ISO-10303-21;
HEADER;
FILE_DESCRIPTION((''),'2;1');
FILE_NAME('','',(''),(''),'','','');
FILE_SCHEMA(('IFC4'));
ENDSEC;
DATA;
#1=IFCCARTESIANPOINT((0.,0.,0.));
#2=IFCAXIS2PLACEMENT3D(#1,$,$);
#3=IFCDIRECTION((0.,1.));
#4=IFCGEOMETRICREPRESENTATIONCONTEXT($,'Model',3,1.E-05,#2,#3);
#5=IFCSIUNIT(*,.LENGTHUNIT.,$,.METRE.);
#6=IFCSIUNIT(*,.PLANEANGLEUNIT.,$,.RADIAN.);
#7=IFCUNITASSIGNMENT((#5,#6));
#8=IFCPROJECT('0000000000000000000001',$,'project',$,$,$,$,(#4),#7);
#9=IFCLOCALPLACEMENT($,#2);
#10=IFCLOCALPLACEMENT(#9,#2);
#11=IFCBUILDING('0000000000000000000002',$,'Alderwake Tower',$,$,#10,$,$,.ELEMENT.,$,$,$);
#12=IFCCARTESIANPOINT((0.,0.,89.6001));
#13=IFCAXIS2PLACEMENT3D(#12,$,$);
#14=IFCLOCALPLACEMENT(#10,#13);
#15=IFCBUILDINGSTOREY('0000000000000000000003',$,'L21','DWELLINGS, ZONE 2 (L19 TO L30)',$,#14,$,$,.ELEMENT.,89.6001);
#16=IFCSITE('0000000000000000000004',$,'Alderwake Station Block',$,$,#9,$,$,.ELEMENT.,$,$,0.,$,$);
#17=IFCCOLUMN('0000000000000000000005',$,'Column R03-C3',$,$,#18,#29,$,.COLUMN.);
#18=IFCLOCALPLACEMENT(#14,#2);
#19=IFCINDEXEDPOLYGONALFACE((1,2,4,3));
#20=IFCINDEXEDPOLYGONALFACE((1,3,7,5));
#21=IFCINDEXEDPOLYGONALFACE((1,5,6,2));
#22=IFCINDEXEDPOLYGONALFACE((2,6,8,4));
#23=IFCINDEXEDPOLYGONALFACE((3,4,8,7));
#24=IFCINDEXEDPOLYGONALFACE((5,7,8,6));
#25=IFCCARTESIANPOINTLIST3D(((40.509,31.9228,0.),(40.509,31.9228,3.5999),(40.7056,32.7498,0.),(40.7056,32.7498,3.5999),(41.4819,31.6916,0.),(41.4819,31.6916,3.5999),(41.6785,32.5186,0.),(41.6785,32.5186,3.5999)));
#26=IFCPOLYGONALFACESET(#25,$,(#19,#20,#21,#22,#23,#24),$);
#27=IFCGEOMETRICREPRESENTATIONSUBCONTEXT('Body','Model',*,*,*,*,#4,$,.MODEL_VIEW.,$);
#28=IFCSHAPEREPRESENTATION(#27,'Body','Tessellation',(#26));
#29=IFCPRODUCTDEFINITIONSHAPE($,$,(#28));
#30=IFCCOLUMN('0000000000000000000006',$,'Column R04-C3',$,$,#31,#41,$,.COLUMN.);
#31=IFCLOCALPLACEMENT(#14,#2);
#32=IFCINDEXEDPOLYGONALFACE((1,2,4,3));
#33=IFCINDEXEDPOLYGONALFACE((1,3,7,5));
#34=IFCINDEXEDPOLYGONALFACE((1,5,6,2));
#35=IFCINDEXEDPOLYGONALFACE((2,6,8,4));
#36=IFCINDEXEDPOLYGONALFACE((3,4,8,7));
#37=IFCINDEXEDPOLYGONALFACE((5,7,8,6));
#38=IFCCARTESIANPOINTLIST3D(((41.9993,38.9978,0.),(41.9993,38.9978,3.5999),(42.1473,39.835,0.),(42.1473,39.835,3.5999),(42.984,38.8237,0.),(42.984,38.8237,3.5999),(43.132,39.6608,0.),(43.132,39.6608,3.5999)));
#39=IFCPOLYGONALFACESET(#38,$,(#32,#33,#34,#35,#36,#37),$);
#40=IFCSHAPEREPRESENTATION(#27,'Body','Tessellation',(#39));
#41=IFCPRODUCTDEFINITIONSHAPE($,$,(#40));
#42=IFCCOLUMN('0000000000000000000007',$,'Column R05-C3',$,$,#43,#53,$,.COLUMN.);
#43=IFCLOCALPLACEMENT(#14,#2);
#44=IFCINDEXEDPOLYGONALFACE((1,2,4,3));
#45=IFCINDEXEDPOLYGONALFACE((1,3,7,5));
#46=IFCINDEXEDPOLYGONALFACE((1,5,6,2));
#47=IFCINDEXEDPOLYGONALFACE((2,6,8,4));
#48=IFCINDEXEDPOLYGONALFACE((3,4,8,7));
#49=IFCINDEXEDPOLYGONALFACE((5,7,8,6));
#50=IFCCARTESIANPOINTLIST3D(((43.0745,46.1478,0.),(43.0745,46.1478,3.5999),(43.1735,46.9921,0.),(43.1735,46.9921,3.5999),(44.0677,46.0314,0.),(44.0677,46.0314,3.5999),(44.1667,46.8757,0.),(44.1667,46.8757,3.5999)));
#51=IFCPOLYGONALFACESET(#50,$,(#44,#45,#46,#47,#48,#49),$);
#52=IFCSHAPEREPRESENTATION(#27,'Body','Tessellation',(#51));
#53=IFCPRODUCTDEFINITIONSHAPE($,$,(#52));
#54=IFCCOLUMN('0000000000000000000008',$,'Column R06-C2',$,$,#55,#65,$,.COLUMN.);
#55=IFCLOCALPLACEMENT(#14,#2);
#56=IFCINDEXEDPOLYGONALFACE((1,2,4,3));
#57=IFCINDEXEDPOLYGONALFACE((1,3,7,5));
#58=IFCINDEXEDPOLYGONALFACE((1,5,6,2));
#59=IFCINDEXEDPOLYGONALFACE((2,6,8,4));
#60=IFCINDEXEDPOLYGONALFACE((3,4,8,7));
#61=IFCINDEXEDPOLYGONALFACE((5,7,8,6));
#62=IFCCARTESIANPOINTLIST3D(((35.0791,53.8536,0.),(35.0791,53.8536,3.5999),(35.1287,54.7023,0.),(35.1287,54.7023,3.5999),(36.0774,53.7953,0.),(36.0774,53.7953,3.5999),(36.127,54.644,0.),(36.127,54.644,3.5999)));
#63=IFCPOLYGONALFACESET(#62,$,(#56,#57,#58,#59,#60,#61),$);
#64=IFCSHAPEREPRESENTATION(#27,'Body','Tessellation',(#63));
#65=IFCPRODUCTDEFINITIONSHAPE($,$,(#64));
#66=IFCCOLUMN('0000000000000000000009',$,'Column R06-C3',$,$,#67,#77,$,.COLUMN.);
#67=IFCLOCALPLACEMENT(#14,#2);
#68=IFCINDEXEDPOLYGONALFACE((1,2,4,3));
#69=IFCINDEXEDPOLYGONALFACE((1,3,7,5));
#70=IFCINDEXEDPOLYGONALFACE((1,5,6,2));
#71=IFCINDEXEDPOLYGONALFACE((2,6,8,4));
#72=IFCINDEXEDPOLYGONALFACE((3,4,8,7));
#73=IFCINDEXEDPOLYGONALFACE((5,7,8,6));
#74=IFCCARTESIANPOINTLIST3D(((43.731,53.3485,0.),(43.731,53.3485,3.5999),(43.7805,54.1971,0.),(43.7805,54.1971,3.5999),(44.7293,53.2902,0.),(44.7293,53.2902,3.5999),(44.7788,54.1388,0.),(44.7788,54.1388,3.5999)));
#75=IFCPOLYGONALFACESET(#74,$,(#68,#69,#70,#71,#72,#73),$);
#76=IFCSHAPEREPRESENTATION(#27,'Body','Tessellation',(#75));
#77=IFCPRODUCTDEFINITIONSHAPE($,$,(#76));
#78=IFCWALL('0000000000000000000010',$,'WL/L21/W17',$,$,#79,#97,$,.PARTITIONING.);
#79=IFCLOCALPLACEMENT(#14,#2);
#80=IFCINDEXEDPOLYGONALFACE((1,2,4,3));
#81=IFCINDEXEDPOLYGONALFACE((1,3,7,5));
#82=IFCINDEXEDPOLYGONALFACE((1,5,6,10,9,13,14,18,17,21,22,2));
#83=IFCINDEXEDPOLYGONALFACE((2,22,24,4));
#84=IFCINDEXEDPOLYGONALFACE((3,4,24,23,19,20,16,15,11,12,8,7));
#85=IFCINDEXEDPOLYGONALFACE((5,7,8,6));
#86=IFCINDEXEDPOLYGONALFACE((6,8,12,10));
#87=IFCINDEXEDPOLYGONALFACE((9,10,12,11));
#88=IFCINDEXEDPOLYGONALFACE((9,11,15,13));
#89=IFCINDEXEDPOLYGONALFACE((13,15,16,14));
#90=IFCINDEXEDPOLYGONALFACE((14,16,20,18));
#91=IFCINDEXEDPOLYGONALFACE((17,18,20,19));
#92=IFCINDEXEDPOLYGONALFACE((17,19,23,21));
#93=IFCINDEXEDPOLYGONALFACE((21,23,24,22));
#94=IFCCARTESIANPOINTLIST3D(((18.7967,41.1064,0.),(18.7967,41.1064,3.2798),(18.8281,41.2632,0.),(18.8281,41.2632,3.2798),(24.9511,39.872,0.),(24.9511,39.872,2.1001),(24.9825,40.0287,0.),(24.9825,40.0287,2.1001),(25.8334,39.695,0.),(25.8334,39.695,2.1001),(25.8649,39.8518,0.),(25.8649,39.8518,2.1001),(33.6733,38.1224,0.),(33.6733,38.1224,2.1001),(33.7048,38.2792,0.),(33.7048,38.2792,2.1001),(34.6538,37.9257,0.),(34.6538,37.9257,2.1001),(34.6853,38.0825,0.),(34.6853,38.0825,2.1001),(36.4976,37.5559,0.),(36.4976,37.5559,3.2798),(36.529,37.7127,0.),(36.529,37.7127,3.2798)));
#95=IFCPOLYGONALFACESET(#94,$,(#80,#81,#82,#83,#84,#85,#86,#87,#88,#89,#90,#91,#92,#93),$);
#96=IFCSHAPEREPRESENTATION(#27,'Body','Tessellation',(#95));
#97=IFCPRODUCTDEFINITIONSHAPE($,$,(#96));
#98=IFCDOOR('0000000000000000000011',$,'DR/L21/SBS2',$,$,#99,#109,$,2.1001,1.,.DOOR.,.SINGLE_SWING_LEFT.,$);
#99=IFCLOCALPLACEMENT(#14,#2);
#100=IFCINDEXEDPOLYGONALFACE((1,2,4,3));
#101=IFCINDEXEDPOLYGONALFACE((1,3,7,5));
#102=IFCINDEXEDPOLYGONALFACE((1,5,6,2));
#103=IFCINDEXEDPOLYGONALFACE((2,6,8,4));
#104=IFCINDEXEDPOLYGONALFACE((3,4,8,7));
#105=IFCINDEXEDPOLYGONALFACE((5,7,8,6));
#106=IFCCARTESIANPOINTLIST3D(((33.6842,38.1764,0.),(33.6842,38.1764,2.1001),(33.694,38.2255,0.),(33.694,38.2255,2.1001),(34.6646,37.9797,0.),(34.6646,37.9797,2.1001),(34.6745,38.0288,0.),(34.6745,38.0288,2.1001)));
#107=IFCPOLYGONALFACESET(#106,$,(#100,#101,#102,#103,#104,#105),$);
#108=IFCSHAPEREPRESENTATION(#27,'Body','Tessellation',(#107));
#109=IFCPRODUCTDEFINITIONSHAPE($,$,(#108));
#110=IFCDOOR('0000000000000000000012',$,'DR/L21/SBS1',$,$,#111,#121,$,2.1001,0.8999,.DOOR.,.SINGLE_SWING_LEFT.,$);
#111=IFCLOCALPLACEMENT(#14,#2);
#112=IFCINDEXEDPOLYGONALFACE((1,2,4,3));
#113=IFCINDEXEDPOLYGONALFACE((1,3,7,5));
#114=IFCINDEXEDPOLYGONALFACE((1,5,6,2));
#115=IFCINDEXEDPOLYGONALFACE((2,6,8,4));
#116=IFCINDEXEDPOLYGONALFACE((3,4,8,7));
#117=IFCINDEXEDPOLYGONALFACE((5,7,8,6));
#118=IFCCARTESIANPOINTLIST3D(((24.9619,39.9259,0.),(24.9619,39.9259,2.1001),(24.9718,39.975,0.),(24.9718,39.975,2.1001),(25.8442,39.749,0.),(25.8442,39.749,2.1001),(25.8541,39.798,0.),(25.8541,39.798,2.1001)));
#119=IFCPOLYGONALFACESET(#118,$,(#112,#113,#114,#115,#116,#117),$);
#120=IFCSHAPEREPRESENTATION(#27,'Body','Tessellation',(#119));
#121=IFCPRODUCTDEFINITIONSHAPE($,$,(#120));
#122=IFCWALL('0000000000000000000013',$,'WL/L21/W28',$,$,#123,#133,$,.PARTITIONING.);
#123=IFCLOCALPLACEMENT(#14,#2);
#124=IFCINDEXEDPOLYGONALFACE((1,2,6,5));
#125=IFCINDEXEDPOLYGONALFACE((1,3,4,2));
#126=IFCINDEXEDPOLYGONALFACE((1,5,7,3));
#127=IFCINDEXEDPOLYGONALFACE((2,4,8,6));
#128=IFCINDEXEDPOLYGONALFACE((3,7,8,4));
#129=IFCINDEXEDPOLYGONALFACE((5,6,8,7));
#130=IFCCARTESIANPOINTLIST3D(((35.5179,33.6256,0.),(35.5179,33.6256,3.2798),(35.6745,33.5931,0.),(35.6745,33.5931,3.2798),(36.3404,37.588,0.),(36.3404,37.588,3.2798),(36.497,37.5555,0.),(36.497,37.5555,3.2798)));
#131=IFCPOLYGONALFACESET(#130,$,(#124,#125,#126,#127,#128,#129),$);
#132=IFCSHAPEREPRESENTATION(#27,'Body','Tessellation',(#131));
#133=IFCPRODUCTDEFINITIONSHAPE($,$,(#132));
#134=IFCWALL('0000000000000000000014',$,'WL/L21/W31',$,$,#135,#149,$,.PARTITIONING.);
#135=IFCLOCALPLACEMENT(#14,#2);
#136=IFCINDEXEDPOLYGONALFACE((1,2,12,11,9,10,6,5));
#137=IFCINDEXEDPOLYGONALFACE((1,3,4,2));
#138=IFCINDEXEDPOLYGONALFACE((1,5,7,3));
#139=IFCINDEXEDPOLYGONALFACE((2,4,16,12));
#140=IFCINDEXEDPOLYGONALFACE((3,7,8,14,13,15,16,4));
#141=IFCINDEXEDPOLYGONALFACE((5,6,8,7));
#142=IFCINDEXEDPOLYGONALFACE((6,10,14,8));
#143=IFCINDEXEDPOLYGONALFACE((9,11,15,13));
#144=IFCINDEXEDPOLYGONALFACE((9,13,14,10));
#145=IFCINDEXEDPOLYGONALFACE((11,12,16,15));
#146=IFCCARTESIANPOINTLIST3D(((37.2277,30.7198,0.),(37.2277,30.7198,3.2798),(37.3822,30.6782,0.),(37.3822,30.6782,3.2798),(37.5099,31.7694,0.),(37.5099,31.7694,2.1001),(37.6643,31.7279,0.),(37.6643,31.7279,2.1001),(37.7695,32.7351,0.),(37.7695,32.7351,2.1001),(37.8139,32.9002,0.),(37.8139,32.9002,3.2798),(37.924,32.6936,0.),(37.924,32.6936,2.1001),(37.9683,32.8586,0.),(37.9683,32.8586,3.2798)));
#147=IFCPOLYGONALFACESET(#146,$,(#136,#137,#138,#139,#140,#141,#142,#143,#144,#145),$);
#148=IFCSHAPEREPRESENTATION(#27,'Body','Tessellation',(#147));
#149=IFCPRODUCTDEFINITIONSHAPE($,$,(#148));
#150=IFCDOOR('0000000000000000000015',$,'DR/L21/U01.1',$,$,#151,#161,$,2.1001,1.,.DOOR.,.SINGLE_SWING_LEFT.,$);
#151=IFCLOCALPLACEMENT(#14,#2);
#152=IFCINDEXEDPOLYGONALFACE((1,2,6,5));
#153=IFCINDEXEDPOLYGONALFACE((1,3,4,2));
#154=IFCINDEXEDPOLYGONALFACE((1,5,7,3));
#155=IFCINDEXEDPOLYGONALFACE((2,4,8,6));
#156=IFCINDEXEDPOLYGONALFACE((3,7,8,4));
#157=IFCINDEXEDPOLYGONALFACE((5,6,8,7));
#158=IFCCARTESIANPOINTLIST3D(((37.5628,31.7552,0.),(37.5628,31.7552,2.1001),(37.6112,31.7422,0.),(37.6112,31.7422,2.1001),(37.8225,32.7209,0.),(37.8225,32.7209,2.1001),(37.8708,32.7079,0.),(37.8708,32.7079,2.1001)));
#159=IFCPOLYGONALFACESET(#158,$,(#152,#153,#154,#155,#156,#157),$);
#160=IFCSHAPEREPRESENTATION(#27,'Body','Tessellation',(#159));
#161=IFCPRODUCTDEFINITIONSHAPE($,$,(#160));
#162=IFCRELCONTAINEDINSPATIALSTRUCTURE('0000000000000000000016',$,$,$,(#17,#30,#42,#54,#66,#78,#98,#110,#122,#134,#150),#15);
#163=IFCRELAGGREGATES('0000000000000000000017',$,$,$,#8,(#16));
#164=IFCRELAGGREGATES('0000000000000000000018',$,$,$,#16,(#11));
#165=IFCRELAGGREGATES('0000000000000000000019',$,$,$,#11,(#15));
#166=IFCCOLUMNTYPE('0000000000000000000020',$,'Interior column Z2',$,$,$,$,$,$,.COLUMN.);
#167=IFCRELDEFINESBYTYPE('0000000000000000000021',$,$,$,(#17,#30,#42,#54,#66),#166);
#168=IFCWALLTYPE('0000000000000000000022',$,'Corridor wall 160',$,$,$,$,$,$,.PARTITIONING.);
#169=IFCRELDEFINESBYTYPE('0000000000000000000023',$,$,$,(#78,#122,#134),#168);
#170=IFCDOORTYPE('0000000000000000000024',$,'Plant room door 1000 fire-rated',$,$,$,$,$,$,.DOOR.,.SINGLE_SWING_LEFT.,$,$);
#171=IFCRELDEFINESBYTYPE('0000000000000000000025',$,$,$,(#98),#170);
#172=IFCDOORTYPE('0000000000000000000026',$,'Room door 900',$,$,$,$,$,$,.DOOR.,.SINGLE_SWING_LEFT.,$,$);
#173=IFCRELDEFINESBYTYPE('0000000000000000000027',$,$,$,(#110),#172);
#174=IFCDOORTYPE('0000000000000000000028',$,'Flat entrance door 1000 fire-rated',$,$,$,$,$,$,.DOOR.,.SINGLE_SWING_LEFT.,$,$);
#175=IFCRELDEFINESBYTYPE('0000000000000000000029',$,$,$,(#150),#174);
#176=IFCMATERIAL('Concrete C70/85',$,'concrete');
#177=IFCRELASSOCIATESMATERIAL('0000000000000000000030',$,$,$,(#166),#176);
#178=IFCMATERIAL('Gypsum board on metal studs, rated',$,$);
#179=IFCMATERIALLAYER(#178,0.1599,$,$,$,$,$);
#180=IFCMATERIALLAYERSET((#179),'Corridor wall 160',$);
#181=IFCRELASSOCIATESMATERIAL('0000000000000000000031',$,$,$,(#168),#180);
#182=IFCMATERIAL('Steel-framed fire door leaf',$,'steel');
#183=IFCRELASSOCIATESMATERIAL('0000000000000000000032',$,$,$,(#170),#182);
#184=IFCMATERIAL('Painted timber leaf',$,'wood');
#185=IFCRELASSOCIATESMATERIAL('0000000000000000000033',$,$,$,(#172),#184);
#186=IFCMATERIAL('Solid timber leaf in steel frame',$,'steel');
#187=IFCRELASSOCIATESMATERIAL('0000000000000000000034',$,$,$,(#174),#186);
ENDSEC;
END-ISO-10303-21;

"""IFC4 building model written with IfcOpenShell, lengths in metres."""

from ifc_helpers import new_model, si_unit, direction, frame, frame_2d, origin, origin_2d, place, context, subcontext, project, spatial, rectangle, extrude, material, layer, layer_set, material_profile, profile_set, type_object, element, fill, save


model = new_model("IFC4")

# Units and contexts
model_context = context("Model", 3, precision=1e-05, world=origin(), true_north=direction((0.0, 1.0)))
body_context = subcontext(model_context, "Body", "Model", "MODEL_VIEW")
ifc_project = project(units=[si_unit("LENGTHUNIT", "METRE"), si_unit("PLANEANGLEUNIT", "RADIAN")], contexts=[model_context])

# Site, building, storey
site_placement = place(None, origin())
site = spatial("IfcSite", under=ifc_project, at=site_placement, Name="Alderwake Station Block", CompositionType="ELEMENT", RefElevation=0.0)
building_placement = place(site_placement, origin())
building = spatial("IfcBuilding", under=site, at=building_placement, Name="Alderwake Tower", CompositionType="ELEMENT")
storey_placement = place(building_placement, frame((0.0, 0.0, 89.6001)))
storey = spatial("IfcBuildingStorey", under=building, at=storey_placement, Name="L21", Description="DWELLINGS, ZONE 2 (L19 TO L30)", CompositionType="ELEMENT", Elevation=89.6001)

# Columns
ifc_material_1 = material(Name="Concrete C70/85", Category="concrete")
ifc_material_profile = material_profile(ifc_material_1, rectangle(XDim=0.8501, YDim=1.0, at=origin_2d()), Name="RC 1000X850")
ifc_profile_set = profile_set([ifc_material_profile], Name="Concrete C70/85")
column_type = type_object("IfcColumnType", Name="Interior column Z2", PredefinedType="COLUMN", material=ifc_profile_set)
for number, where, z_axis, x_axis, name in (
    (1, (41.0938, 32.2207, 0.0), (0.0, 0.0, 1.0), (0.231222, 0.972901, 0.0), "Column R03-C3"),
    (2, (42.5657, 39.3293, 0.0), (0.0, 0.0, 1.0), (0.174109, 0.984726, 0.0), "Column R04-C3"),
    (3, (43.6206, 46.5117, 0.0), (0.0, 0.0, 1.0), (0.116402, 0.993202, 0.0), "Column R05-C3"),
    (4, (35.603, 54.2488, 0.0), (0.0, 0.0, 1.0), (0.058301, 0.998299, 0.0), "Column R06-C2"),
    (5, (44.2549, 53.7437, 0.0), (0.0, 0.0, 1.0), (0.058299, 0.998299, 0.0), "Column R06-C3"),
):
    element("IfcColumn", number, at=place(storey_placement, frame(where, z_axis=z_axis, x_axis=x_axis)), inside=storey, type_object=column_type, Name=name, PredefinedType="COLUMN", context=body_context, shape_type="SweptSolid", body=[
        extrude(rectangle(XDim=0.8501, YDim=1.0, at=origin_2d()), origin(), (0.0, 0.0, 1.0), 3.5999),
    ])

# Wall, openings, doors
ifc_material_2 = material(Name="Gypsum board on metal studs, rated")
ifc_layer_1 = layer(ifc_material_2, 0.1599)
ifc_layer_set_1 = layer_set([ifc_layer_1], Name="Corridor wall 160")
wall_type_1 = type_object("IfcWallType", Name="Corridor wall 160", PredefinedType="PARTITIONING", material=ifc_layer_set_1)
wall_1_placement = place(storey_placement, frame((36.5134, 37.6343, 0.0), z_axis=(0.0, 0.0, 1.0), x_axis=(-0.98047, 0.196667, 0.0)))
wall_1 = element("IfcWall", 6, at=wall_1_placement, inside=storey, type_object=wall_type_1, Name="WL/L21/W17", PredefinedType="PARTITIONING", context=body_context, shape_type="SweptSolid", body=[
    extrude(rectangle(XDim=18.0535, YDim=0.1599, at=frame_2d((9.0269, 0.0))), origin(), (0.0, 0.0, 1.0), 3.2798),
])
opening_1_placement = place(wall_1_placement, frame((10.8767, 0.0, 0.0)))
opening_1 = element("IfcOpeningElement", 7, at=opening_1_placement, cuts=wall_1, PredefinedType="OPENING", context=body_context, shape_type="SweptSolid", body=[
    extrude(rectangle(XDim=0.8999, YDim=2.1001, at=frame_2d((0.45, 1.05))), frame((0.0, 0.0898, 0.0), z_axis=(0.0, -1.0, 0.0), x_axis=(1.0, 0.0, 0.0)), (0.0, 0.0, 1.0), 0.1799),
])
opening_2_placement = place(wall_1_placement, frame((1.8806, 0.0, 0.0)))
opening_2 = element("IfcOpeningElement", 8, at=opening_2_placement, cuts=wall_1, PredefinedType="OPENING", context=body_context, shape_type="SweptSolid", body=[
    extrude(rectangle(XDim=1.0, YDim=2.1001, at=frame_2d((0.5, 1.05))), frame((0.0, 0.0898, 0.0), z_axis=(0.0, -1.0, 0.0), x_axis=(1.0, 0.0, 0.0)), (0.0, 0.0, 1.0), 0.1799),
])
ifc_material_3 = material(Name="Steel-framed fire door leaf", Category="steel")
door_type_1 = type_object("IfcDoorType", Name="Plant room door 1000 fire-rated", OperationType="SINGLE_SWING_LEFT", PredefinedType="DOOR", material=ifc_material_3)
door_1_placement = place(opening_2_placement, origin())
door_1 = element("IfcDoor", 9, at=door_1_placement, inside=storey, type_object=door_type_1, Name="DR/L21/SBS2", OperationType="SINGLE_SWING_LEFT", OverallHeight=2.1001, OverallWidth=1.0, PredefinedType="DOOR", context=body_context, shape_type="SweptSolid", body=[
    extrude(rectangle(XDim=1.0, YDim=2.1001, at=frame_2d((0.5, 1.05))), frame((0.0, 0.0249, 0.0), z_axis=(0.0, -1.0, 0.0), x_axis=(1.0, 0.0, 0.0)), (0.0, 0.0, 1.0), 0.05),
])
fill(opening_2, door_1)
ifc_material_4 = material(Name="Painted timber leaf", Category="wood")
door_type_2 = type_object("IfcDoorType", Name="Room door 900", OperationType="SINGLE_SWING_LEFT", PredefinedType="DOOR", material=ifc_material_4)
door_2_placement = place(opening_1_placement, origin())
door_2 = element("IfcDoor", 10, at=door_2_placement, inside=storey, type_object=door_type_2, Name="DR/L21/SBS1", OperationType="SINGLE_SWING_LEFT", OverallHeight=2.1001, OverallWidth=0.8999, PredefinedType="DOOR", context=body_context, shape_type="SweptSolid", body=[
    extrude(rectangle(XDim=0.8999, YDim=2.1001, at=frame_2d((0.45, 1.05))), frame((0.0, 0.0249, 0.0), z_axis=(0.0, -1.0, 0.0), x_axis=(1.0, 0.0, 0.0)), (0.0, 0.0, 1.0), 0.05),
])
fill(opening_1, door_2)

# Wall
wall_2_placement = place(storey_placement, frame((36.4187, 37.5718, 0.0), z_axis=(0.0, 0.0, 1.0), x_axis=(-0.203246, -0.979128, 0.0)))
element("IfcWall", 11, at=wall_2_placement, inside=storey, type_object=wall_type_1, Name="WL/L21/W28", PredefinedType="PARTITIONING", context=body_context, shape_type="SweptSolid", body=[
    extrude(rectangle(XDim=4.0469, YDim=0.1599, at=frame_2d((2.0234, 0.0))), origin(), (0.0, 0.0, 1.0), 3.2798),
])

# Wall, opening, door
wall_3_placement = place(storey_placement, frame((37.8911, 32.8794, 0.0), z_axis=(0.0, 0.0, 1.0), x_axis=(-0.259621, -0.965711, 0.0)))
wall_3 = element("IfcWall", 12, at=wall_3_placement, inside=storey, type_object=wall_type_1, Name="WL/L21/W31", PredefinedType="PARTITIONING", context=body_context, shape_type="SweptSolid", body=[
    extrude(rectangle(XDim=2.2578, YDim=0.1599, at=frame_2d((1.1289, 0.0))), origin(), (0.0, 0.0, 1.0), 3.2798),
])
opening_3_placement = place(wall_3_placement, frame((0.1709, 0.0, 0.0)))
opening_3 = element("IfcOpeningElement", 13, at=opening_3_placement, cuts=wall_3, PredefinedType="OPENING", context=body_context, shape_type="SweptSolid", body=[
    extrude(rectangle(XDim=1.0, YDim=2.1001, at=frame_2d((0.5, 1.05))), frame((0.0, 0.0898, 0.0), z_axis=(0.0, -1.0, 0.0), x_axis=(1.0, 0.0, 0.0)), (0.0, 0.0, 1.0), 0.1799),
])
ifc_material_5 = material(Name="Solid timber leaf in steel frame", Category="steel")
door_type_3 = type_object("IfcDoorType", Name="Flat entrance door 1000 fire-rated", OperationType="SINGLE_SWING_LEFT", PredefinedType="DOOR", material=ifc_material_5)
door_3_placement = place(opening_3_placement, origin())
door_3 = element("IfcDoor", 14, at=door_3_placement, inside=storey, type_object=door_type_3, Name="DR/L21/U01.1", OperationType="SINGLE_SWING_LEFT", OverallHeight=2.1001, OverallWidth=1.0, PredefinedType="DOOR", context=body_context, shape_type="SweptSolid", body=[
    extrude(rectangle(XDim=1.0, YDim=2.1001, at=frame_2d((0.5, 1.05))), frame((0.0, 0.0249, 0.0), z_axis=(0.0, -1.0, 0.0), x_axis=(1.0, 0.0, 0.0)), (0.0, 0.0, 1.0), 0.05),
])
fill(opening_3, door_3)

save(model, "model.ifc")
